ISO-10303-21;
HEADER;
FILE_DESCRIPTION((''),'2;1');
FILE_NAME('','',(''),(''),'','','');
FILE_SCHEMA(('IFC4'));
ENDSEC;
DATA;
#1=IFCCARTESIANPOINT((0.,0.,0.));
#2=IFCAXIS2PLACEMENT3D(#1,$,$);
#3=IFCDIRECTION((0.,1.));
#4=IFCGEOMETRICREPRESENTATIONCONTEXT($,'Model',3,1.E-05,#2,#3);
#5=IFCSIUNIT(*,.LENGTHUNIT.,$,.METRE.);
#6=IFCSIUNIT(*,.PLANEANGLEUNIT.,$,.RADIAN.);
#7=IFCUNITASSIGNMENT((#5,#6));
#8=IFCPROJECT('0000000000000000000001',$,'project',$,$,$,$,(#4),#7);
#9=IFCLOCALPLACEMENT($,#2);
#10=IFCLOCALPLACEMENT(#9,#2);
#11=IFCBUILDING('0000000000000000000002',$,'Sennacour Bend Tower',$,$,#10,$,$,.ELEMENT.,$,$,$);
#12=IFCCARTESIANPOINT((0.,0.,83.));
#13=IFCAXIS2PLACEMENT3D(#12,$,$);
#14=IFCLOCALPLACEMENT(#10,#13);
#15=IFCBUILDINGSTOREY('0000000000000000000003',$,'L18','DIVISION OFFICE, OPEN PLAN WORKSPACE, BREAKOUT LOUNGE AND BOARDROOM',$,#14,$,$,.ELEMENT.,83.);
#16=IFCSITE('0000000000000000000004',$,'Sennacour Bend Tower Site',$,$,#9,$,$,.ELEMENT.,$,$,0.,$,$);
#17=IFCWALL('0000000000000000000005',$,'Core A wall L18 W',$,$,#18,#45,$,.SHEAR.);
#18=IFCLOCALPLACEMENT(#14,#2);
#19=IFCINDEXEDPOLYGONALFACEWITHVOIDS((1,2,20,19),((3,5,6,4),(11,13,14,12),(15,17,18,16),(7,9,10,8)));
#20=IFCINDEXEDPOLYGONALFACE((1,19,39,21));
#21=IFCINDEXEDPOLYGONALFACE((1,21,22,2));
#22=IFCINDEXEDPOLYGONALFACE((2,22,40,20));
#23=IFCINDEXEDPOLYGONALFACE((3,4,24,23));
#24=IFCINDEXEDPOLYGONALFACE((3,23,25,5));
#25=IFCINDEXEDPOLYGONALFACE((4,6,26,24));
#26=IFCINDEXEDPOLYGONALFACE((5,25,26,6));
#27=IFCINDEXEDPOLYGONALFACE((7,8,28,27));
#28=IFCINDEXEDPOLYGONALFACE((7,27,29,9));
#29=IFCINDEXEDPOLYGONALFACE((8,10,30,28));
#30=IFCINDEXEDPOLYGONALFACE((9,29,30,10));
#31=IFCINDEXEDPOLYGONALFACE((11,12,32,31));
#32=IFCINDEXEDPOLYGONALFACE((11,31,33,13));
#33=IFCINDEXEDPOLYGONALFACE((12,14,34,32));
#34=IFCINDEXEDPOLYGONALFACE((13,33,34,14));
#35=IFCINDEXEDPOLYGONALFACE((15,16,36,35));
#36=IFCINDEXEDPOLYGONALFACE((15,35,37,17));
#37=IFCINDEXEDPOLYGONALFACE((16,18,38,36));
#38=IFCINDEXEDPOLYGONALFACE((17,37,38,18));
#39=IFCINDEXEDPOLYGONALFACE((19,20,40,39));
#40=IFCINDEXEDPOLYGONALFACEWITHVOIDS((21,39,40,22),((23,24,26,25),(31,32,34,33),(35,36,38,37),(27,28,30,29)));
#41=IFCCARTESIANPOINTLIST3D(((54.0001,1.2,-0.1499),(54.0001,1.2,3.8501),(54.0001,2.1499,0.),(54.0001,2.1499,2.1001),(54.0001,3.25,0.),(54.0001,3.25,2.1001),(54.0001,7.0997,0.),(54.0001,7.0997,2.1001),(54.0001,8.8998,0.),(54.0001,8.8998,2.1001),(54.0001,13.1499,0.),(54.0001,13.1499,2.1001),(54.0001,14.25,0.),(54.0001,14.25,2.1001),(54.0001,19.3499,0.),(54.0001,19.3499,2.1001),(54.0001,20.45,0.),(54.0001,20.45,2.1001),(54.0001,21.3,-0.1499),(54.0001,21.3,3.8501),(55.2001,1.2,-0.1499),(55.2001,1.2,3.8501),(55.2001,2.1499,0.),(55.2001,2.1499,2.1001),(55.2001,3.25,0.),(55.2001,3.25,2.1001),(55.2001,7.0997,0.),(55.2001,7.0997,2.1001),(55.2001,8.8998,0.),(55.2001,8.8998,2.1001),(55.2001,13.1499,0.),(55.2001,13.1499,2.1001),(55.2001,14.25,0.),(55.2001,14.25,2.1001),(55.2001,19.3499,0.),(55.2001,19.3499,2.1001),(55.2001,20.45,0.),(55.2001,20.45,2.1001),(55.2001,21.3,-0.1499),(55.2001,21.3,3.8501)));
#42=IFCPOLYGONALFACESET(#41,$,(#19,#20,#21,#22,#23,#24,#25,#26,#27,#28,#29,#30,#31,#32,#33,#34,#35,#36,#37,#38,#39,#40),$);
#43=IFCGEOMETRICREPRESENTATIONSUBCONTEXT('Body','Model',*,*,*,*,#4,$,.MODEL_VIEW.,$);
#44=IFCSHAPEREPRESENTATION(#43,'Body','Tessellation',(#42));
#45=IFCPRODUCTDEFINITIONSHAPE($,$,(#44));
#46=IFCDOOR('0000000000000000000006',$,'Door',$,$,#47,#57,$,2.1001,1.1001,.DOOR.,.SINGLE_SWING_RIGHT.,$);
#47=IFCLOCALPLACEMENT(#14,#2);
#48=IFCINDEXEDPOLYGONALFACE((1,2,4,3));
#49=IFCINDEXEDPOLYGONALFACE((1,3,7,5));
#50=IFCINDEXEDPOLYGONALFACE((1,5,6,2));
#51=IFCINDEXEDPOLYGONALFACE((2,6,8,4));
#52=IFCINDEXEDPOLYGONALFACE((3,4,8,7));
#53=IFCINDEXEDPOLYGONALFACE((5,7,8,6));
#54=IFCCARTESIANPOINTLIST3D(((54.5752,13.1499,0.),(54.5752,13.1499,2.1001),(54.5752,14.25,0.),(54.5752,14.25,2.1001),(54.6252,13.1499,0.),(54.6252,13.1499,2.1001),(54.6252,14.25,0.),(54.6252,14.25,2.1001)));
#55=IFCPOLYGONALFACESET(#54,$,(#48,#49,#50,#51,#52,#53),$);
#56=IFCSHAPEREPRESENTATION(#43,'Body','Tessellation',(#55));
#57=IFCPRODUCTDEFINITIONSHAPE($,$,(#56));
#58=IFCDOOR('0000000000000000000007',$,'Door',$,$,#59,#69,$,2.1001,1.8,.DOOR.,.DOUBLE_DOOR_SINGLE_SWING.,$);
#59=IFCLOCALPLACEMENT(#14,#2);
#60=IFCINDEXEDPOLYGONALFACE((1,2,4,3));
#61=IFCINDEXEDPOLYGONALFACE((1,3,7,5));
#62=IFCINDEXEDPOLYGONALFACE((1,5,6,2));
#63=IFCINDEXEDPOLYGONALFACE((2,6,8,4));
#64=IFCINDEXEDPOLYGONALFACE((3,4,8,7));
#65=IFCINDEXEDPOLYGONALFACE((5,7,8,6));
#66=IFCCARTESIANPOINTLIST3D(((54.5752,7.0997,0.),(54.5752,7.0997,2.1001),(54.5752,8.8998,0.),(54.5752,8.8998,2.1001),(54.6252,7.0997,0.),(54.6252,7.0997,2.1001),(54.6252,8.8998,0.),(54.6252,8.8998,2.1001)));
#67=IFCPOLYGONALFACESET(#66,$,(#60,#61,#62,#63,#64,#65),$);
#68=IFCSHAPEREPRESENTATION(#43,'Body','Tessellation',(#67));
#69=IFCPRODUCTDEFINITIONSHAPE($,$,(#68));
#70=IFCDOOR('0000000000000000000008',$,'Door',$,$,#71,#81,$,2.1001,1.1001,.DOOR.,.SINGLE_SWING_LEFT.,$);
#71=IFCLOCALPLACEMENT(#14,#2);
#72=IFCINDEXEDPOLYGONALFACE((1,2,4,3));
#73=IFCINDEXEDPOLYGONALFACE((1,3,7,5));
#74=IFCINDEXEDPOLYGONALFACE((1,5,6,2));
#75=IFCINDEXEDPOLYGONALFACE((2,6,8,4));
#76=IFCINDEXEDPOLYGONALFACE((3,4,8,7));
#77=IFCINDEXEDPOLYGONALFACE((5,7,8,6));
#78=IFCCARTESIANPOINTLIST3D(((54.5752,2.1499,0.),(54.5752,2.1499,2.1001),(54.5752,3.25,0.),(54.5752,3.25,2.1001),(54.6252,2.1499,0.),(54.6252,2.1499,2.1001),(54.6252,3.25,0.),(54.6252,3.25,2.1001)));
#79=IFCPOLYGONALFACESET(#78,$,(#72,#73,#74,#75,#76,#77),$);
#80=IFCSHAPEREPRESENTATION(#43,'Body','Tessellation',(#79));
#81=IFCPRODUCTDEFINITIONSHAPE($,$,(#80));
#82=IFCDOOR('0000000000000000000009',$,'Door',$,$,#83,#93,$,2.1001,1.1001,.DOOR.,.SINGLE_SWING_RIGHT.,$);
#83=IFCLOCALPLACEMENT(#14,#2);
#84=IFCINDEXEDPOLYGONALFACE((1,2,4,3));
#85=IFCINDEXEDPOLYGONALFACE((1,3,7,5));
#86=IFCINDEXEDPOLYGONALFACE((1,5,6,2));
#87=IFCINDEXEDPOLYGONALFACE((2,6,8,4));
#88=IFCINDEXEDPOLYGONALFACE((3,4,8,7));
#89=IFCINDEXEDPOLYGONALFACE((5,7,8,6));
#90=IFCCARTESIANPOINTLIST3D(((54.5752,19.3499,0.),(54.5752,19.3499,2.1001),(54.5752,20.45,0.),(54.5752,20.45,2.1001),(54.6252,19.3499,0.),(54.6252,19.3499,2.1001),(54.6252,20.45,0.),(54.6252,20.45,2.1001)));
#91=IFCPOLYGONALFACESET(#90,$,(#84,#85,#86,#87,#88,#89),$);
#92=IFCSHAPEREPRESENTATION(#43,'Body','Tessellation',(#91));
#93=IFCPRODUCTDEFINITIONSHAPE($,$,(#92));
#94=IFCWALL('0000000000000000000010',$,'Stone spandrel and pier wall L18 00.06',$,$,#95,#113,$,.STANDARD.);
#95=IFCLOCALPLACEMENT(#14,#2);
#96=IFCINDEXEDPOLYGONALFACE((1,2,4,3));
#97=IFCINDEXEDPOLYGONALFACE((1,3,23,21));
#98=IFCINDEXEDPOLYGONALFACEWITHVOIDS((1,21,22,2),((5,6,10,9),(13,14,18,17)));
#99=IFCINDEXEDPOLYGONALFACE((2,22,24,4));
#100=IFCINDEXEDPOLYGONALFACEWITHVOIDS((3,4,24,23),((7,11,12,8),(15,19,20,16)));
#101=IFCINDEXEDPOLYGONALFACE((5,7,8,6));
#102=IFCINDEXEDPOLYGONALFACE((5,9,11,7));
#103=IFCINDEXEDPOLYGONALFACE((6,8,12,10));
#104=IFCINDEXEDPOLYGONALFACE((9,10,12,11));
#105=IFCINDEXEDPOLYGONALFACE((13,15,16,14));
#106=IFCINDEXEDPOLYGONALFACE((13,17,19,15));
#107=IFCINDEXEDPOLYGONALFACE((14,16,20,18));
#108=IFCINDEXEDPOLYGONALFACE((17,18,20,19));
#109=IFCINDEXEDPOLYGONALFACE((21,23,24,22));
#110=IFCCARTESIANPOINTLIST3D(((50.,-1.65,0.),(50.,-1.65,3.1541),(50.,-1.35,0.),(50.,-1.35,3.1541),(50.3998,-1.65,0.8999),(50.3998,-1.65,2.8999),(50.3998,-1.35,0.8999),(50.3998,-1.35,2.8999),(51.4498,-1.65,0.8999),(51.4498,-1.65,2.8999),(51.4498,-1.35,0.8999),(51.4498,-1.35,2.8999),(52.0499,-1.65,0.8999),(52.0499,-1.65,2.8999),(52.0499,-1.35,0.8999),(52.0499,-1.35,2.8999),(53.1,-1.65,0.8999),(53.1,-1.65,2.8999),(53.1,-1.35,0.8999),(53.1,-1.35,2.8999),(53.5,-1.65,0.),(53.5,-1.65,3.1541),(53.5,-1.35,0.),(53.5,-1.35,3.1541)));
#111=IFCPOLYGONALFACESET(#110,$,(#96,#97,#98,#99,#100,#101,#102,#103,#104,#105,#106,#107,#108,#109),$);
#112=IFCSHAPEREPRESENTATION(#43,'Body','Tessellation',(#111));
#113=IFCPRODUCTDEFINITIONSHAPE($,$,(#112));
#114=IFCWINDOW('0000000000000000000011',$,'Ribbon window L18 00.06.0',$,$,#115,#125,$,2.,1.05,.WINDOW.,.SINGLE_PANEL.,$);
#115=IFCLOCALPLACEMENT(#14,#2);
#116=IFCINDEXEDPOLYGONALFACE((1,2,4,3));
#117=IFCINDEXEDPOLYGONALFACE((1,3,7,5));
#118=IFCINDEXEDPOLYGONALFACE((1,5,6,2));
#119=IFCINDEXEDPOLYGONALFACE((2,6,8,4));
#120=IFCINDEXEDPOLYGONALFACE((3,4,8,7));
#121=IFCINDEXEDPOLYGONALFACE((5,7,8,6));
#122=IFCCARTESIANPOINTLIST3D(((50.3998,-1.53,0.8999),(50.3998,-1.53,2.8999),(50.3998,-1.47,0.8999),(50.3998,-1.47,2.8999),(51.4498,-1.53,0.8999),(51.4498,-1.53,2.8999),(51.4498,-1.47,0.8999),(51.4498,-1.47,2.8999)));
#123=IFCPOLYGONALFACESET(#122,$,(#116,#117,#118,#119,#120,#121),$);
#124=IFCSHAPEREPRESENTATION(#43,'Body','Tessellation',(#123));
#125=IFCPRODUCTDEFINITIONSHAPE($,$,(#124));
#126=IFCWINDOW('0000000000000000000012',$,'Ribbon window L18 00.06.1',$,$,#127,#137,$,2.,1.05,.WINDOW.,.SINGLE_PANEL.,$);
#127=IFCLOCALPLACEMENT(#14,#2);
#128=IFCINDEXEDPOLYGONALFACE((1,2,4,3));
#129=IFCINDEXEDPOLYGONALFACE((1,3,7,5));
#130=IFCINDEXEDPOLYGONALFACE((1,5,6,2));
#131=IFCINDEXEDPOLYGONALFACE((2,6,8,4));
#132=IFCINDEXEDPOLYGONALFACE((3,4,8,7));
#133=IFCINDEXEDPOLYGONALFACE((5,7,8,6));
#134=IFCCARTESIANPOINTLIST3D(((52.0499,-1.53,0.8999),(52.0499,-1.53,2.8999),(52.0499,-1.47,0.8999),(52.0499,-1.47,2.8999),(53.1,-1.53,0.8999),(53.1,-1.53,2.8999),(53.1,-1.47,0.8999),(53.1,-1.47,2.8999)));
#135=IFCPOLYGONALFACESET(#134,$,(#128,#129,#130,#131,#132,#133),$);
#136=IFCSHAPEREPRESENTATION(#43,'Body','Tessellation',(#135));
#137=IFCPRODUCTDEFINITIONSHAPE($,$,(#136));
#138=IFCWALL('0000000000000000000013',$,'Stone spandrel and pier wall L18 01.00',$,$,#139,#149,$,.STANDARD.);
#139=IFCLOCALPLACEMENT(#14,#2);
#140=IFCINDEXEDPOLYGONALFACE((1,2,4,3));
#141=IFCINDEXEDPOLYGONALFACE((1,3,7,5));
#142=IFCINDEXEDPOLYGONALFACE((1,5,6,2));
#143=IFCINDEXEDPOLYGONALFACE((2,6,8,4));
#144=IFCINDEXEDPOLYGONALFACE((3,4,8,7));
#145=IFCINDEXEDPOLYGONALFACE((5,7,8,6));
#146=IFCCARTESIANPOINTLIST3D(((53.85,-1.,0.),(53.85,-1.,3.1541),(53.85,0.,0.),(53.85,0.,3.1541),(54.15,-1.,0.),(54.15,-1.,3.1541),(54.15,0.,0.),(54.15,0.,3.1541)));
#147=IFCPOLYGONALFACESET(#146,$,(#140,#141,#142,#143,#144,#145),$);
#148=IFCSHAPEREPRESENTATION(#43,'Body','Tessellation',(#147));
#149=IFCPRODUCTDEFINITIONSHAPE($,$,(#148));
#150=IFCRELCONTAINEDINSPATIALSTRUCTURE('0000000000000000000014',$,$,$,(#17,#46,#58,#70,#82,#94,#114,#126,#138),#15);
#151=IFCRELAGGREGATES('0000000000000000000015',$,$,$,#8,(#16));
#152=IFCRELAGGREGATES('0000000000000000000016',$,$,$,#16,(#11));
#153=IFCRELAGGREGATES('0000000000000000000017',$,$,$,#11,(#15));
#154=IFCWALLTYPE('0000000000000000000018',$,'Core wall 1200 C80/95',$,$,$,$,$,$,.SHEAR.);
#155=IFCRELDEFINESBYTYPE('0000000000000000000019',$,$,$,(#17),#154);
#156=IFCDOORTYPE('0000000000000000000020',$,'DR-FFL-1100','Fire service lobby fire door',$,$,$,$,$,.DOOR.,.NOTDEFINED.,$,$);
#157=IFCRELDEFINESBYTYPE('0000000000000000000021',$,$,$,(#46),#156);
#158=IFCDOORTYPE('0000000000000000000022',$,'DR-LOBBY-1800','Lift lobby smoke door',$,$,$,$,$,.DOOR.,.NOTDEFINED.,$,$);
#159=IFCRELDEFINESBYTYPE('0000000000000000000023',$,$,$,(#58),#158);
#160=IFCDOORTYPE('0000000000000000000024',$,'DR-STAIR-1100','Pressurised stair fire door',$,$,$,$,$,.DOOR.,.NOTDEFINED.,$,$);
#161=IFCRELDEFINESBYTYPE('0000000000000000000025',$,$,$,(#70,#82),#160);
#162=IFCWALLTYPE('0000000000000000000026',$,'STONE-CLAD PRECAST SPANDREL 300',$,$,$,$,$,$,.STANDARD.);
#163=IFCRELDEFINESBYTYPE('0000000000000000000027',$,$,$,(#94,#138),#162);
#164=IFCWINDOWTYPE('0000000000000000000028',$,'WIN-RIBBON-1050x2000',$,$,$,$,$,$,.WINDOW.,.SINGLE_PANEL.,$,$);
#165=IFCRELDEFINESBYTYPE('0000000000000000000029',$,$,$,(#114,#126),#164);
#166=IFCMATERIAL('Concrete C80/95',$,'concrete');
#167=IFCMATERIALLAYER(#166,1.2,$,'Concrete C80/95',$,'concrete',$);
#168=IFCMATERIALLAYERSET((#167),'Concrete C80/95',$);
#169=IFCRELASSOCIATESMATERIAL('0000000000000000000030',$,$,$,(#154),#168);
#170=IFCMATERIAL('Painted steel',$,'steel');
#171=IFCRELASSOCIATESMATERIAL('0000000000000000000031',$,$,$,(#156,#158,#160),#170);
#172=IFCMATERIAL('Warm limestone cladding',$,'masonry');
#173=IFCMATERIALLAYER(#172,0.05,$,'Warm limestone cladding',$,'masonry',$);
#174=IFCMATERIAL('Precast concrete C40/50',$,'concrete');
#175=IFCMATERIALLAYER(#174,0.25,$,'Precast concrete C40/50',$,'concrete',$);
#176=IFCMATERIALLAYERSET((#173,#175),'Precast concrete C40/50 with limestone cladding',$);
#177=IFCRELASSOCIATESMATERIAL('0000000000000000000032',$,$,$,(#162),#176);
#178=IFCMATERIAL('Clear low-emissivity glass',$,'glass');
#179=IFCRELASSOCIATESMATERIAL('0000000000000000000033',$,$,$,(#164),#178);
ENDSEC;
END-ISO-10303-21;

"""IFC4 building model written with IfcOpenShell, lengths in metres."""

from ifc_helpers import new_model, si_unit, direction, frame, frame_2d, origin, place, context, subcontext, project, spatial, rectangle, extrude, material, layer, layer_set, type_object, element, fill, save


model = new_model("IFC4")

# Units and contexts
model_context = context("Model", 3, precision=1e-05, world=origin(), true_north=direction((0.0, 1.0)))
body_context = subcontext(model_context, "Body", "Model", "MODEL_VIEW")
ifc_project = project(units=[si_unit("LENGTHUNIT", "METRE"), si_unit("PLANEANGLEUNIT", "RADIAN")], contexts=[model_context])

# Site, building, storey
site_placement = place(None, origin())
site = spatial("IfcSite", under=ifc_project, at=site_placement, Name="Sennacour Bend Tower Site", CompositionType="ELEMENT", RefElevation=0.0)
building_placement = place(site_placement, origin())
building = spatial("IfcBuilding", under=site, at=building_placement, Name="Sennacour Bend Tower", CompositionType="ELEMENT")
storey_placement = place(building_placement, frame((0.0, 0.0, 83.0)))
storey = spatial("IfcBuildingStorey", under=building, at=storey_placement, Name="L18", Description="DIVISION OFFICE, OPEN PLAN WORKSPACE, BREAKOUT LOUNGE AND BOARDROOM", CompositionType="ELEMENT", Elevation=83.0)

# Wall, openings, doors
ifc_material_1 = material(Name="Concrete C80/95", Category="concrete")
ifc_layer_1 = layer(ifc_material_1, 1.2, Name="Concrete C80/95", Category="concrete")
ifc_layer_set_1 = layer_set([ifc_layer_1], Name="Concrete C80/95")
wall_type_1 = type_object("IfcWallType", Name="Core wall 1200 C80/95", PredefinedType="SHEAR", material=ifc_layer_set_1)
wall_1_placement = place(storey_placement, frame((54.6001, 1.2, -0.1499), z_axis=(0.0, 0.0, 1.0), x_axis=(0.0, 1.0, 0.0)))
wall_1 = element("IfcWall", 1, at=wall_1_placement, inside=storey, type_object=wall_type_1, Name="Core A wall L18 W", PredefinedType="SHEAR", context=body_context, shape_type="SweptSolid", body=[
    extrude(rectangle(XDim=20.1001, YDim=1.2, at=frame_2d((10.05, 0.0))), origin(), (0.0, 0.0, 1.0), 4.0),
])
opening_1_placement = place(wall_1_placement, frame((5.8999, 0.0, 0.1499)))
opening_1 = element("IfcOpeningElement", 2, at=opening_1_placement, cuts=wall_1, PredefinedType="OPENING", context=body_context, shape_type="SweptSolid", body=[
    extrude(rectangle(XDim=1.8, YDim=2.1001, at=frame_2d((0.8999, 1.05))), frame((0.0, 0.6099, 0.0), z_axis=(0.0, -1.0, 0.0), x_axis=(1.0, 0.0, 0.0)), (0.0, 0.0, 1.0), 1.22),
])
opening_2_placement = place(wall_1_placement, frame((11.95, 0.0, 0.1499)))
opening_2 = element("IfcOpeningElement", 3, at=opening_2_placement, cuts=wall_1, PredefinedType="OPENING", context=body_context, shape_type="SweptSolid", body=[
    extrude(rectangle(XDim=1.1001, YDim=2.1001, at=frame_2d((0.55, 1.05))), frame((0.0, 0.6099, 0.0), z_axis=(0.0, -1.0, 0.0), x_axis=(1.0, 0.0, 0.0)), (0.0, 0.0, 1.0), 1.22),
])
opening_3_placement = place(wall_1_placement, frame((0.95, 0.0, 0.1499)))
opening_3 = element("IfcOpeningElement", 4, at=opening_3_placement, cuts=wall_1, PredefinedType="OPENING", context=body_context, shape_type="SweptSolid", body=[
    extrude(rectangle(XDim=1.1001, YDim=2.1001, at=frame_2d((0.55, 1.05))), frame((0.0, 0.6099, 0.0), z_axis=(0.0, -1.0, 0.0), x_axis=(1.0, 0.0, 0.0)), (0.0, 0.0, 1.0), 1.22),
])
opening_4_placement = place(wall_1_placement, frame((18.1499, 0.0, 0.1499)))
opening_4 = element("IfcOpeningElement", 5, at=opening_4_placement, cuts=wall_1, PredefinedType="OPENING", context=body_context, shape_type="SweptSolid", body=[
    extrude(rectangle(XDim=1.1001, YDim=2.1001, at=frame_2d((0.55, 1.05))), frame((0.0, 0.6099, 0.0), z_axis=(0.0, -1.0, 0.0), x_axis=(1.0, 0.0, 0.0)), (0.0, 0.0, 1.0), 1.22),
])
ifc_material_2 = material(Name="Painted steel", Category="steel")
door_type_1 = type_object("IfcDoorType", Name="DR-FFL-1100", Description="Fire service lobby fire door", OperationType="NOTDEFINED", PredefinedType="DOOR", material=ifc_material_2)
door_1_placement = place(opening_2_placement, origin())
door_1 = element("IfcDoor", 6, at=door_1_placement, inside=storey, type_object=door_type_1, Name="Door", OperationType="SINGLE_SWING_RIGHT", OverallHeight=2.1001, OverallWidth=1.1001, PredefinedType="DOOR", context=body_context, shape_type="SweptSolid", body=[
    extrude(rectangle(XDim=1.1001, YDim=2.1001, at=frame_2d((0.55, 1.05))), frame((0.0, 0.0249, 0.0), z_axis=(0.0, -1.0, 0.0), x_axis=(1.0, 0.0, 0.0)), (0.0, 0.0, 1.0), 0.05),
])
fill(opening_2, door_1)
door_type_2 = type_object("IfcDoorType", Name="DR-LOBBY-1800", Description="Lift lobby smoke door", OperationType="NOTDEFINED", PredefinedType="DOOR", material=ifc_material_2)
door_2_placement = place(opening_1_placement, origin())
door_2 = element("IfcDoor", 7, at=door_2_placement, inside=storey, type_object=door_type_2, Name="Door", OperationType="DOUBLE_DOOR_SINGLE_SWING", OverallHeight=2.1001, OverallWidth=1.8, PredefinedType="DOOR", context=body_context, shape_type="SweptSolid", body=[
    extrude(rectangle(XDim=1.8, YDim=2.1001, at=frame_2d((0.8999, 1.05))), frame((0.0, 0.0249, 0.0), z_axis=(0.0, -1.0, 0.0), x_axis=(1.0, 0.0, 0.0)), (0.0, 0.0, 1.0), 0.05),
])
fill(opening_1, door_2)
door_type_3 = type_object("IfcDoorType", Name="DR-STAIR-1100", Description="Pressurised stair fire door", OperationType="NOTDEFINED", PredefinedType="DOOR", material=ifc_material_2)
door_3_placement = place(opening_3_placement, origin())
door_3 = element("IfcDoor", 8, at=door_3_placement, inside=storey, type_object=door_type_3, Name="Door", OperationType="SINGLE_SWING_LEFT", OverallHeight=2.1001, OverallWidth=1.1001, PredefinedType="DOOR", context=body_context, shape_type="SweptSolid", body=[
    extrude(rectangle(XDim=1.1001, YDim=2.1001, at=frame_2d((0.55, 1.05))), frame((0.0, 0.0249, 0.0), z_axis=(0.0, -1.0, 0.0), x_axis=(1.0, 0.0, 0.0)), (0.0, 0.0, 1.0), 0.05),
])
fill(opening_3, door_3)
door_4_placement = place(opening_4_placement, origin())
door_4 = element("IfcDoor", 9, at=door_4_placement, inside=storey, type_object=door_type_3, Name="Door", OperationType="SINGLE_SWING_RIGHT", OverallHeight=2.1001, OverallWidth=1.1001, PredefinedType="DOOR", context=body_context, shape_type="SweptSolid", body=[
    extrude(rectangle(XDim=1.1001, YDim=2.1001, at=frame_2d((0.55, 1.05))), frame((0.0, 0.0249, 0.0), z_axis=(0.0, -1.0, 0.0), x_axis=(1.0, 0.0, 0.0)), (0.0, 0.0, 1.0), 0.05),
])
fill(opening_4, door_4)

# Wall, openings, windows
ifc_material_3 = material(Name="Warm limestone cladding", Category="masonry")
ifc_layer_2 = layer(ifc_material_3, 0.05, Name="Warm limestone cladding", Category="masonry")
ifc_material_4 = material(Name="Precast concrete C40/50", Category="concrete")
ifc_layer_3 = layer(ifc_material_4, 0.25, Name="Precast concrete C40/50", Category="concrete")
ifc_layer_set_2 = layer_set([ifc_layer_2, ifc_layer_3], Name="Precast concrete C40/50 with limestone cladding")
wall_type_2 = type_object("IfcWallType", Name="STONE-CLAD PRECAST SPANDREL 300", PredefinedType="STANDARD", material=ifc_layer_set_2)
wall_2_placement = place(storey_placement, frame((50.0, -1.5, 0.0), z_axis=(0.0, 0.0, 1.0), x_axis=(1.0, 0.0, 0.0)))
wall_2 = element("IfcWall", 10, at=wall_2_placement, inside=storey, type_object=wall_type_2, Name="Stone spandrel and pier wall L18 00.06", PredefinedType="STANDARD", context=body_context, shape_type="SweptSolid", body=[
    extrude(rectangle(XDim=3.5, YDim=0.3, at=frame_2d((1.75, 0.0))), origin(), (0.0, 0.0, 1.0), 3.1541),
])
opening_5_placement = place(wall_2_placement, frame((0.3999, 0.0, 0.8999)))
opening_5 = element("IfcOpeningElement", 11, at=opening_5_placement, cuts=wall_2, PredefinedType="OPENING", context=body_context, shape_type="SweptSolid", body=[
    extrude(rectangle(XDim=1.05, YDim=2.0, at=frame_2d((0.5249, 1.0))), frame((0.0, 0.1602, 0.0), z_axis=(0.0, -1.0, 0.0), x_axis=(1.0, 0.0, 0.0)), (0.0, 0.0, 1.0), 0.3201),
])
opening_6_placement = place(wall_2_placement, frame((2.05, 0.0, 0.8999)))
opening_6 = element("IfcOpeningElement", 12, at=opening_6_placement, cuts=wall_2, PredefinedType="OPENING", context=body_context, shape_type="SweptSolid", body=[
    extrude(rectangle(XDim=1.05, YDim=2.0, at=frame_2d((0.5249, 1.0))), frame((0.0, 0.1602, 0.0), z_axis=(0.0, -1.0, 0.0), x_axis=(1.0, 0.0, 0.0)), (0.0, 0.0, 1.0), 0.3201),
])
ifc_material_5 = material(Name="Clear low-emissivity glass", Category="glass")
window_type = type_object("IfcWindowType", Name="WIN-RIBBON-1050x2000", PartitioningType="SINGLE_PANEL", PredefinedType="WINDOW", material=ifc_material_5)
window_1_placement = place(opening_5_placement, origin())
window_1 = element("IfcWindow", 13, at=window_1_placement, inside=storey, type_object=window_type, Name="Ribbon window L18 00.06.0", OverallHeight=2.0, OverallWidth=1.05, PartitioningType="SINGLE_PANEL", PredefinedType="WINDOW", context=body_context, shape_type="SweptSolid", body=[
    extrude(rectangle(XDim=1.05, YDim=2.0, at=frame_2d((0.5249, 1.0))), frame((0.0, 0.03, 0.0), z_axis=(0.0, -1.0, 0.0), x_axis=(1.0, 0.0, 0.0)), (0.0, 0.0, 1.0), 0.0601),
])
fill(opening_5, window_1)
window_2_placement = place(opening_6_placement, origin())
window_2 = element("IfcWindow", 14, at=window_2_placement, inside=storey, type_object=window_type, Name="Ribbon window L18 00.06.1", OverallHeight=2.0, OverallWidth=1.05, PartitioningType="SINGLE_PANEL", PredefinedType="WINDOW", context=body_context, shape_type="SweptSolid", body=[
    extrude(rectangle(XDim=1.05, YDim=2.0, at=frame_2d((0.5249, 1.0))), frame((0.0, 0.03, 0.0), z_axis=(0.0, -1.0, 0.0), x_axis=(1.0, 0.0, 0.0)), (0.0, 0.0, 1.0), 0.0601),
])
fill(opening_6, window_2)

# Wall
wall_3_placement = place(storey_placement, frame((54.0, -1.0, 0.0), z_axis=(0.0, 0.0, 1.0), x_axis=(0.0, 1.0, 0.0)))
element("IfcWall", 15, at=wall_3_placement, inside=storey, type_object=wall_type_2, Name="Stone spandrel and pier wall L18 01.00", PredefinedType="STANDARD", context=body_context, shape_type="SweptSolid", body=[
    extrude(rectangle(XDim=1.0, YDim=0.3, at=frame_2d((0.5, 0.0))), origin(), (0.0, 0.0, 1.0), 3.1541),
])

save(model, "model.ifc")
